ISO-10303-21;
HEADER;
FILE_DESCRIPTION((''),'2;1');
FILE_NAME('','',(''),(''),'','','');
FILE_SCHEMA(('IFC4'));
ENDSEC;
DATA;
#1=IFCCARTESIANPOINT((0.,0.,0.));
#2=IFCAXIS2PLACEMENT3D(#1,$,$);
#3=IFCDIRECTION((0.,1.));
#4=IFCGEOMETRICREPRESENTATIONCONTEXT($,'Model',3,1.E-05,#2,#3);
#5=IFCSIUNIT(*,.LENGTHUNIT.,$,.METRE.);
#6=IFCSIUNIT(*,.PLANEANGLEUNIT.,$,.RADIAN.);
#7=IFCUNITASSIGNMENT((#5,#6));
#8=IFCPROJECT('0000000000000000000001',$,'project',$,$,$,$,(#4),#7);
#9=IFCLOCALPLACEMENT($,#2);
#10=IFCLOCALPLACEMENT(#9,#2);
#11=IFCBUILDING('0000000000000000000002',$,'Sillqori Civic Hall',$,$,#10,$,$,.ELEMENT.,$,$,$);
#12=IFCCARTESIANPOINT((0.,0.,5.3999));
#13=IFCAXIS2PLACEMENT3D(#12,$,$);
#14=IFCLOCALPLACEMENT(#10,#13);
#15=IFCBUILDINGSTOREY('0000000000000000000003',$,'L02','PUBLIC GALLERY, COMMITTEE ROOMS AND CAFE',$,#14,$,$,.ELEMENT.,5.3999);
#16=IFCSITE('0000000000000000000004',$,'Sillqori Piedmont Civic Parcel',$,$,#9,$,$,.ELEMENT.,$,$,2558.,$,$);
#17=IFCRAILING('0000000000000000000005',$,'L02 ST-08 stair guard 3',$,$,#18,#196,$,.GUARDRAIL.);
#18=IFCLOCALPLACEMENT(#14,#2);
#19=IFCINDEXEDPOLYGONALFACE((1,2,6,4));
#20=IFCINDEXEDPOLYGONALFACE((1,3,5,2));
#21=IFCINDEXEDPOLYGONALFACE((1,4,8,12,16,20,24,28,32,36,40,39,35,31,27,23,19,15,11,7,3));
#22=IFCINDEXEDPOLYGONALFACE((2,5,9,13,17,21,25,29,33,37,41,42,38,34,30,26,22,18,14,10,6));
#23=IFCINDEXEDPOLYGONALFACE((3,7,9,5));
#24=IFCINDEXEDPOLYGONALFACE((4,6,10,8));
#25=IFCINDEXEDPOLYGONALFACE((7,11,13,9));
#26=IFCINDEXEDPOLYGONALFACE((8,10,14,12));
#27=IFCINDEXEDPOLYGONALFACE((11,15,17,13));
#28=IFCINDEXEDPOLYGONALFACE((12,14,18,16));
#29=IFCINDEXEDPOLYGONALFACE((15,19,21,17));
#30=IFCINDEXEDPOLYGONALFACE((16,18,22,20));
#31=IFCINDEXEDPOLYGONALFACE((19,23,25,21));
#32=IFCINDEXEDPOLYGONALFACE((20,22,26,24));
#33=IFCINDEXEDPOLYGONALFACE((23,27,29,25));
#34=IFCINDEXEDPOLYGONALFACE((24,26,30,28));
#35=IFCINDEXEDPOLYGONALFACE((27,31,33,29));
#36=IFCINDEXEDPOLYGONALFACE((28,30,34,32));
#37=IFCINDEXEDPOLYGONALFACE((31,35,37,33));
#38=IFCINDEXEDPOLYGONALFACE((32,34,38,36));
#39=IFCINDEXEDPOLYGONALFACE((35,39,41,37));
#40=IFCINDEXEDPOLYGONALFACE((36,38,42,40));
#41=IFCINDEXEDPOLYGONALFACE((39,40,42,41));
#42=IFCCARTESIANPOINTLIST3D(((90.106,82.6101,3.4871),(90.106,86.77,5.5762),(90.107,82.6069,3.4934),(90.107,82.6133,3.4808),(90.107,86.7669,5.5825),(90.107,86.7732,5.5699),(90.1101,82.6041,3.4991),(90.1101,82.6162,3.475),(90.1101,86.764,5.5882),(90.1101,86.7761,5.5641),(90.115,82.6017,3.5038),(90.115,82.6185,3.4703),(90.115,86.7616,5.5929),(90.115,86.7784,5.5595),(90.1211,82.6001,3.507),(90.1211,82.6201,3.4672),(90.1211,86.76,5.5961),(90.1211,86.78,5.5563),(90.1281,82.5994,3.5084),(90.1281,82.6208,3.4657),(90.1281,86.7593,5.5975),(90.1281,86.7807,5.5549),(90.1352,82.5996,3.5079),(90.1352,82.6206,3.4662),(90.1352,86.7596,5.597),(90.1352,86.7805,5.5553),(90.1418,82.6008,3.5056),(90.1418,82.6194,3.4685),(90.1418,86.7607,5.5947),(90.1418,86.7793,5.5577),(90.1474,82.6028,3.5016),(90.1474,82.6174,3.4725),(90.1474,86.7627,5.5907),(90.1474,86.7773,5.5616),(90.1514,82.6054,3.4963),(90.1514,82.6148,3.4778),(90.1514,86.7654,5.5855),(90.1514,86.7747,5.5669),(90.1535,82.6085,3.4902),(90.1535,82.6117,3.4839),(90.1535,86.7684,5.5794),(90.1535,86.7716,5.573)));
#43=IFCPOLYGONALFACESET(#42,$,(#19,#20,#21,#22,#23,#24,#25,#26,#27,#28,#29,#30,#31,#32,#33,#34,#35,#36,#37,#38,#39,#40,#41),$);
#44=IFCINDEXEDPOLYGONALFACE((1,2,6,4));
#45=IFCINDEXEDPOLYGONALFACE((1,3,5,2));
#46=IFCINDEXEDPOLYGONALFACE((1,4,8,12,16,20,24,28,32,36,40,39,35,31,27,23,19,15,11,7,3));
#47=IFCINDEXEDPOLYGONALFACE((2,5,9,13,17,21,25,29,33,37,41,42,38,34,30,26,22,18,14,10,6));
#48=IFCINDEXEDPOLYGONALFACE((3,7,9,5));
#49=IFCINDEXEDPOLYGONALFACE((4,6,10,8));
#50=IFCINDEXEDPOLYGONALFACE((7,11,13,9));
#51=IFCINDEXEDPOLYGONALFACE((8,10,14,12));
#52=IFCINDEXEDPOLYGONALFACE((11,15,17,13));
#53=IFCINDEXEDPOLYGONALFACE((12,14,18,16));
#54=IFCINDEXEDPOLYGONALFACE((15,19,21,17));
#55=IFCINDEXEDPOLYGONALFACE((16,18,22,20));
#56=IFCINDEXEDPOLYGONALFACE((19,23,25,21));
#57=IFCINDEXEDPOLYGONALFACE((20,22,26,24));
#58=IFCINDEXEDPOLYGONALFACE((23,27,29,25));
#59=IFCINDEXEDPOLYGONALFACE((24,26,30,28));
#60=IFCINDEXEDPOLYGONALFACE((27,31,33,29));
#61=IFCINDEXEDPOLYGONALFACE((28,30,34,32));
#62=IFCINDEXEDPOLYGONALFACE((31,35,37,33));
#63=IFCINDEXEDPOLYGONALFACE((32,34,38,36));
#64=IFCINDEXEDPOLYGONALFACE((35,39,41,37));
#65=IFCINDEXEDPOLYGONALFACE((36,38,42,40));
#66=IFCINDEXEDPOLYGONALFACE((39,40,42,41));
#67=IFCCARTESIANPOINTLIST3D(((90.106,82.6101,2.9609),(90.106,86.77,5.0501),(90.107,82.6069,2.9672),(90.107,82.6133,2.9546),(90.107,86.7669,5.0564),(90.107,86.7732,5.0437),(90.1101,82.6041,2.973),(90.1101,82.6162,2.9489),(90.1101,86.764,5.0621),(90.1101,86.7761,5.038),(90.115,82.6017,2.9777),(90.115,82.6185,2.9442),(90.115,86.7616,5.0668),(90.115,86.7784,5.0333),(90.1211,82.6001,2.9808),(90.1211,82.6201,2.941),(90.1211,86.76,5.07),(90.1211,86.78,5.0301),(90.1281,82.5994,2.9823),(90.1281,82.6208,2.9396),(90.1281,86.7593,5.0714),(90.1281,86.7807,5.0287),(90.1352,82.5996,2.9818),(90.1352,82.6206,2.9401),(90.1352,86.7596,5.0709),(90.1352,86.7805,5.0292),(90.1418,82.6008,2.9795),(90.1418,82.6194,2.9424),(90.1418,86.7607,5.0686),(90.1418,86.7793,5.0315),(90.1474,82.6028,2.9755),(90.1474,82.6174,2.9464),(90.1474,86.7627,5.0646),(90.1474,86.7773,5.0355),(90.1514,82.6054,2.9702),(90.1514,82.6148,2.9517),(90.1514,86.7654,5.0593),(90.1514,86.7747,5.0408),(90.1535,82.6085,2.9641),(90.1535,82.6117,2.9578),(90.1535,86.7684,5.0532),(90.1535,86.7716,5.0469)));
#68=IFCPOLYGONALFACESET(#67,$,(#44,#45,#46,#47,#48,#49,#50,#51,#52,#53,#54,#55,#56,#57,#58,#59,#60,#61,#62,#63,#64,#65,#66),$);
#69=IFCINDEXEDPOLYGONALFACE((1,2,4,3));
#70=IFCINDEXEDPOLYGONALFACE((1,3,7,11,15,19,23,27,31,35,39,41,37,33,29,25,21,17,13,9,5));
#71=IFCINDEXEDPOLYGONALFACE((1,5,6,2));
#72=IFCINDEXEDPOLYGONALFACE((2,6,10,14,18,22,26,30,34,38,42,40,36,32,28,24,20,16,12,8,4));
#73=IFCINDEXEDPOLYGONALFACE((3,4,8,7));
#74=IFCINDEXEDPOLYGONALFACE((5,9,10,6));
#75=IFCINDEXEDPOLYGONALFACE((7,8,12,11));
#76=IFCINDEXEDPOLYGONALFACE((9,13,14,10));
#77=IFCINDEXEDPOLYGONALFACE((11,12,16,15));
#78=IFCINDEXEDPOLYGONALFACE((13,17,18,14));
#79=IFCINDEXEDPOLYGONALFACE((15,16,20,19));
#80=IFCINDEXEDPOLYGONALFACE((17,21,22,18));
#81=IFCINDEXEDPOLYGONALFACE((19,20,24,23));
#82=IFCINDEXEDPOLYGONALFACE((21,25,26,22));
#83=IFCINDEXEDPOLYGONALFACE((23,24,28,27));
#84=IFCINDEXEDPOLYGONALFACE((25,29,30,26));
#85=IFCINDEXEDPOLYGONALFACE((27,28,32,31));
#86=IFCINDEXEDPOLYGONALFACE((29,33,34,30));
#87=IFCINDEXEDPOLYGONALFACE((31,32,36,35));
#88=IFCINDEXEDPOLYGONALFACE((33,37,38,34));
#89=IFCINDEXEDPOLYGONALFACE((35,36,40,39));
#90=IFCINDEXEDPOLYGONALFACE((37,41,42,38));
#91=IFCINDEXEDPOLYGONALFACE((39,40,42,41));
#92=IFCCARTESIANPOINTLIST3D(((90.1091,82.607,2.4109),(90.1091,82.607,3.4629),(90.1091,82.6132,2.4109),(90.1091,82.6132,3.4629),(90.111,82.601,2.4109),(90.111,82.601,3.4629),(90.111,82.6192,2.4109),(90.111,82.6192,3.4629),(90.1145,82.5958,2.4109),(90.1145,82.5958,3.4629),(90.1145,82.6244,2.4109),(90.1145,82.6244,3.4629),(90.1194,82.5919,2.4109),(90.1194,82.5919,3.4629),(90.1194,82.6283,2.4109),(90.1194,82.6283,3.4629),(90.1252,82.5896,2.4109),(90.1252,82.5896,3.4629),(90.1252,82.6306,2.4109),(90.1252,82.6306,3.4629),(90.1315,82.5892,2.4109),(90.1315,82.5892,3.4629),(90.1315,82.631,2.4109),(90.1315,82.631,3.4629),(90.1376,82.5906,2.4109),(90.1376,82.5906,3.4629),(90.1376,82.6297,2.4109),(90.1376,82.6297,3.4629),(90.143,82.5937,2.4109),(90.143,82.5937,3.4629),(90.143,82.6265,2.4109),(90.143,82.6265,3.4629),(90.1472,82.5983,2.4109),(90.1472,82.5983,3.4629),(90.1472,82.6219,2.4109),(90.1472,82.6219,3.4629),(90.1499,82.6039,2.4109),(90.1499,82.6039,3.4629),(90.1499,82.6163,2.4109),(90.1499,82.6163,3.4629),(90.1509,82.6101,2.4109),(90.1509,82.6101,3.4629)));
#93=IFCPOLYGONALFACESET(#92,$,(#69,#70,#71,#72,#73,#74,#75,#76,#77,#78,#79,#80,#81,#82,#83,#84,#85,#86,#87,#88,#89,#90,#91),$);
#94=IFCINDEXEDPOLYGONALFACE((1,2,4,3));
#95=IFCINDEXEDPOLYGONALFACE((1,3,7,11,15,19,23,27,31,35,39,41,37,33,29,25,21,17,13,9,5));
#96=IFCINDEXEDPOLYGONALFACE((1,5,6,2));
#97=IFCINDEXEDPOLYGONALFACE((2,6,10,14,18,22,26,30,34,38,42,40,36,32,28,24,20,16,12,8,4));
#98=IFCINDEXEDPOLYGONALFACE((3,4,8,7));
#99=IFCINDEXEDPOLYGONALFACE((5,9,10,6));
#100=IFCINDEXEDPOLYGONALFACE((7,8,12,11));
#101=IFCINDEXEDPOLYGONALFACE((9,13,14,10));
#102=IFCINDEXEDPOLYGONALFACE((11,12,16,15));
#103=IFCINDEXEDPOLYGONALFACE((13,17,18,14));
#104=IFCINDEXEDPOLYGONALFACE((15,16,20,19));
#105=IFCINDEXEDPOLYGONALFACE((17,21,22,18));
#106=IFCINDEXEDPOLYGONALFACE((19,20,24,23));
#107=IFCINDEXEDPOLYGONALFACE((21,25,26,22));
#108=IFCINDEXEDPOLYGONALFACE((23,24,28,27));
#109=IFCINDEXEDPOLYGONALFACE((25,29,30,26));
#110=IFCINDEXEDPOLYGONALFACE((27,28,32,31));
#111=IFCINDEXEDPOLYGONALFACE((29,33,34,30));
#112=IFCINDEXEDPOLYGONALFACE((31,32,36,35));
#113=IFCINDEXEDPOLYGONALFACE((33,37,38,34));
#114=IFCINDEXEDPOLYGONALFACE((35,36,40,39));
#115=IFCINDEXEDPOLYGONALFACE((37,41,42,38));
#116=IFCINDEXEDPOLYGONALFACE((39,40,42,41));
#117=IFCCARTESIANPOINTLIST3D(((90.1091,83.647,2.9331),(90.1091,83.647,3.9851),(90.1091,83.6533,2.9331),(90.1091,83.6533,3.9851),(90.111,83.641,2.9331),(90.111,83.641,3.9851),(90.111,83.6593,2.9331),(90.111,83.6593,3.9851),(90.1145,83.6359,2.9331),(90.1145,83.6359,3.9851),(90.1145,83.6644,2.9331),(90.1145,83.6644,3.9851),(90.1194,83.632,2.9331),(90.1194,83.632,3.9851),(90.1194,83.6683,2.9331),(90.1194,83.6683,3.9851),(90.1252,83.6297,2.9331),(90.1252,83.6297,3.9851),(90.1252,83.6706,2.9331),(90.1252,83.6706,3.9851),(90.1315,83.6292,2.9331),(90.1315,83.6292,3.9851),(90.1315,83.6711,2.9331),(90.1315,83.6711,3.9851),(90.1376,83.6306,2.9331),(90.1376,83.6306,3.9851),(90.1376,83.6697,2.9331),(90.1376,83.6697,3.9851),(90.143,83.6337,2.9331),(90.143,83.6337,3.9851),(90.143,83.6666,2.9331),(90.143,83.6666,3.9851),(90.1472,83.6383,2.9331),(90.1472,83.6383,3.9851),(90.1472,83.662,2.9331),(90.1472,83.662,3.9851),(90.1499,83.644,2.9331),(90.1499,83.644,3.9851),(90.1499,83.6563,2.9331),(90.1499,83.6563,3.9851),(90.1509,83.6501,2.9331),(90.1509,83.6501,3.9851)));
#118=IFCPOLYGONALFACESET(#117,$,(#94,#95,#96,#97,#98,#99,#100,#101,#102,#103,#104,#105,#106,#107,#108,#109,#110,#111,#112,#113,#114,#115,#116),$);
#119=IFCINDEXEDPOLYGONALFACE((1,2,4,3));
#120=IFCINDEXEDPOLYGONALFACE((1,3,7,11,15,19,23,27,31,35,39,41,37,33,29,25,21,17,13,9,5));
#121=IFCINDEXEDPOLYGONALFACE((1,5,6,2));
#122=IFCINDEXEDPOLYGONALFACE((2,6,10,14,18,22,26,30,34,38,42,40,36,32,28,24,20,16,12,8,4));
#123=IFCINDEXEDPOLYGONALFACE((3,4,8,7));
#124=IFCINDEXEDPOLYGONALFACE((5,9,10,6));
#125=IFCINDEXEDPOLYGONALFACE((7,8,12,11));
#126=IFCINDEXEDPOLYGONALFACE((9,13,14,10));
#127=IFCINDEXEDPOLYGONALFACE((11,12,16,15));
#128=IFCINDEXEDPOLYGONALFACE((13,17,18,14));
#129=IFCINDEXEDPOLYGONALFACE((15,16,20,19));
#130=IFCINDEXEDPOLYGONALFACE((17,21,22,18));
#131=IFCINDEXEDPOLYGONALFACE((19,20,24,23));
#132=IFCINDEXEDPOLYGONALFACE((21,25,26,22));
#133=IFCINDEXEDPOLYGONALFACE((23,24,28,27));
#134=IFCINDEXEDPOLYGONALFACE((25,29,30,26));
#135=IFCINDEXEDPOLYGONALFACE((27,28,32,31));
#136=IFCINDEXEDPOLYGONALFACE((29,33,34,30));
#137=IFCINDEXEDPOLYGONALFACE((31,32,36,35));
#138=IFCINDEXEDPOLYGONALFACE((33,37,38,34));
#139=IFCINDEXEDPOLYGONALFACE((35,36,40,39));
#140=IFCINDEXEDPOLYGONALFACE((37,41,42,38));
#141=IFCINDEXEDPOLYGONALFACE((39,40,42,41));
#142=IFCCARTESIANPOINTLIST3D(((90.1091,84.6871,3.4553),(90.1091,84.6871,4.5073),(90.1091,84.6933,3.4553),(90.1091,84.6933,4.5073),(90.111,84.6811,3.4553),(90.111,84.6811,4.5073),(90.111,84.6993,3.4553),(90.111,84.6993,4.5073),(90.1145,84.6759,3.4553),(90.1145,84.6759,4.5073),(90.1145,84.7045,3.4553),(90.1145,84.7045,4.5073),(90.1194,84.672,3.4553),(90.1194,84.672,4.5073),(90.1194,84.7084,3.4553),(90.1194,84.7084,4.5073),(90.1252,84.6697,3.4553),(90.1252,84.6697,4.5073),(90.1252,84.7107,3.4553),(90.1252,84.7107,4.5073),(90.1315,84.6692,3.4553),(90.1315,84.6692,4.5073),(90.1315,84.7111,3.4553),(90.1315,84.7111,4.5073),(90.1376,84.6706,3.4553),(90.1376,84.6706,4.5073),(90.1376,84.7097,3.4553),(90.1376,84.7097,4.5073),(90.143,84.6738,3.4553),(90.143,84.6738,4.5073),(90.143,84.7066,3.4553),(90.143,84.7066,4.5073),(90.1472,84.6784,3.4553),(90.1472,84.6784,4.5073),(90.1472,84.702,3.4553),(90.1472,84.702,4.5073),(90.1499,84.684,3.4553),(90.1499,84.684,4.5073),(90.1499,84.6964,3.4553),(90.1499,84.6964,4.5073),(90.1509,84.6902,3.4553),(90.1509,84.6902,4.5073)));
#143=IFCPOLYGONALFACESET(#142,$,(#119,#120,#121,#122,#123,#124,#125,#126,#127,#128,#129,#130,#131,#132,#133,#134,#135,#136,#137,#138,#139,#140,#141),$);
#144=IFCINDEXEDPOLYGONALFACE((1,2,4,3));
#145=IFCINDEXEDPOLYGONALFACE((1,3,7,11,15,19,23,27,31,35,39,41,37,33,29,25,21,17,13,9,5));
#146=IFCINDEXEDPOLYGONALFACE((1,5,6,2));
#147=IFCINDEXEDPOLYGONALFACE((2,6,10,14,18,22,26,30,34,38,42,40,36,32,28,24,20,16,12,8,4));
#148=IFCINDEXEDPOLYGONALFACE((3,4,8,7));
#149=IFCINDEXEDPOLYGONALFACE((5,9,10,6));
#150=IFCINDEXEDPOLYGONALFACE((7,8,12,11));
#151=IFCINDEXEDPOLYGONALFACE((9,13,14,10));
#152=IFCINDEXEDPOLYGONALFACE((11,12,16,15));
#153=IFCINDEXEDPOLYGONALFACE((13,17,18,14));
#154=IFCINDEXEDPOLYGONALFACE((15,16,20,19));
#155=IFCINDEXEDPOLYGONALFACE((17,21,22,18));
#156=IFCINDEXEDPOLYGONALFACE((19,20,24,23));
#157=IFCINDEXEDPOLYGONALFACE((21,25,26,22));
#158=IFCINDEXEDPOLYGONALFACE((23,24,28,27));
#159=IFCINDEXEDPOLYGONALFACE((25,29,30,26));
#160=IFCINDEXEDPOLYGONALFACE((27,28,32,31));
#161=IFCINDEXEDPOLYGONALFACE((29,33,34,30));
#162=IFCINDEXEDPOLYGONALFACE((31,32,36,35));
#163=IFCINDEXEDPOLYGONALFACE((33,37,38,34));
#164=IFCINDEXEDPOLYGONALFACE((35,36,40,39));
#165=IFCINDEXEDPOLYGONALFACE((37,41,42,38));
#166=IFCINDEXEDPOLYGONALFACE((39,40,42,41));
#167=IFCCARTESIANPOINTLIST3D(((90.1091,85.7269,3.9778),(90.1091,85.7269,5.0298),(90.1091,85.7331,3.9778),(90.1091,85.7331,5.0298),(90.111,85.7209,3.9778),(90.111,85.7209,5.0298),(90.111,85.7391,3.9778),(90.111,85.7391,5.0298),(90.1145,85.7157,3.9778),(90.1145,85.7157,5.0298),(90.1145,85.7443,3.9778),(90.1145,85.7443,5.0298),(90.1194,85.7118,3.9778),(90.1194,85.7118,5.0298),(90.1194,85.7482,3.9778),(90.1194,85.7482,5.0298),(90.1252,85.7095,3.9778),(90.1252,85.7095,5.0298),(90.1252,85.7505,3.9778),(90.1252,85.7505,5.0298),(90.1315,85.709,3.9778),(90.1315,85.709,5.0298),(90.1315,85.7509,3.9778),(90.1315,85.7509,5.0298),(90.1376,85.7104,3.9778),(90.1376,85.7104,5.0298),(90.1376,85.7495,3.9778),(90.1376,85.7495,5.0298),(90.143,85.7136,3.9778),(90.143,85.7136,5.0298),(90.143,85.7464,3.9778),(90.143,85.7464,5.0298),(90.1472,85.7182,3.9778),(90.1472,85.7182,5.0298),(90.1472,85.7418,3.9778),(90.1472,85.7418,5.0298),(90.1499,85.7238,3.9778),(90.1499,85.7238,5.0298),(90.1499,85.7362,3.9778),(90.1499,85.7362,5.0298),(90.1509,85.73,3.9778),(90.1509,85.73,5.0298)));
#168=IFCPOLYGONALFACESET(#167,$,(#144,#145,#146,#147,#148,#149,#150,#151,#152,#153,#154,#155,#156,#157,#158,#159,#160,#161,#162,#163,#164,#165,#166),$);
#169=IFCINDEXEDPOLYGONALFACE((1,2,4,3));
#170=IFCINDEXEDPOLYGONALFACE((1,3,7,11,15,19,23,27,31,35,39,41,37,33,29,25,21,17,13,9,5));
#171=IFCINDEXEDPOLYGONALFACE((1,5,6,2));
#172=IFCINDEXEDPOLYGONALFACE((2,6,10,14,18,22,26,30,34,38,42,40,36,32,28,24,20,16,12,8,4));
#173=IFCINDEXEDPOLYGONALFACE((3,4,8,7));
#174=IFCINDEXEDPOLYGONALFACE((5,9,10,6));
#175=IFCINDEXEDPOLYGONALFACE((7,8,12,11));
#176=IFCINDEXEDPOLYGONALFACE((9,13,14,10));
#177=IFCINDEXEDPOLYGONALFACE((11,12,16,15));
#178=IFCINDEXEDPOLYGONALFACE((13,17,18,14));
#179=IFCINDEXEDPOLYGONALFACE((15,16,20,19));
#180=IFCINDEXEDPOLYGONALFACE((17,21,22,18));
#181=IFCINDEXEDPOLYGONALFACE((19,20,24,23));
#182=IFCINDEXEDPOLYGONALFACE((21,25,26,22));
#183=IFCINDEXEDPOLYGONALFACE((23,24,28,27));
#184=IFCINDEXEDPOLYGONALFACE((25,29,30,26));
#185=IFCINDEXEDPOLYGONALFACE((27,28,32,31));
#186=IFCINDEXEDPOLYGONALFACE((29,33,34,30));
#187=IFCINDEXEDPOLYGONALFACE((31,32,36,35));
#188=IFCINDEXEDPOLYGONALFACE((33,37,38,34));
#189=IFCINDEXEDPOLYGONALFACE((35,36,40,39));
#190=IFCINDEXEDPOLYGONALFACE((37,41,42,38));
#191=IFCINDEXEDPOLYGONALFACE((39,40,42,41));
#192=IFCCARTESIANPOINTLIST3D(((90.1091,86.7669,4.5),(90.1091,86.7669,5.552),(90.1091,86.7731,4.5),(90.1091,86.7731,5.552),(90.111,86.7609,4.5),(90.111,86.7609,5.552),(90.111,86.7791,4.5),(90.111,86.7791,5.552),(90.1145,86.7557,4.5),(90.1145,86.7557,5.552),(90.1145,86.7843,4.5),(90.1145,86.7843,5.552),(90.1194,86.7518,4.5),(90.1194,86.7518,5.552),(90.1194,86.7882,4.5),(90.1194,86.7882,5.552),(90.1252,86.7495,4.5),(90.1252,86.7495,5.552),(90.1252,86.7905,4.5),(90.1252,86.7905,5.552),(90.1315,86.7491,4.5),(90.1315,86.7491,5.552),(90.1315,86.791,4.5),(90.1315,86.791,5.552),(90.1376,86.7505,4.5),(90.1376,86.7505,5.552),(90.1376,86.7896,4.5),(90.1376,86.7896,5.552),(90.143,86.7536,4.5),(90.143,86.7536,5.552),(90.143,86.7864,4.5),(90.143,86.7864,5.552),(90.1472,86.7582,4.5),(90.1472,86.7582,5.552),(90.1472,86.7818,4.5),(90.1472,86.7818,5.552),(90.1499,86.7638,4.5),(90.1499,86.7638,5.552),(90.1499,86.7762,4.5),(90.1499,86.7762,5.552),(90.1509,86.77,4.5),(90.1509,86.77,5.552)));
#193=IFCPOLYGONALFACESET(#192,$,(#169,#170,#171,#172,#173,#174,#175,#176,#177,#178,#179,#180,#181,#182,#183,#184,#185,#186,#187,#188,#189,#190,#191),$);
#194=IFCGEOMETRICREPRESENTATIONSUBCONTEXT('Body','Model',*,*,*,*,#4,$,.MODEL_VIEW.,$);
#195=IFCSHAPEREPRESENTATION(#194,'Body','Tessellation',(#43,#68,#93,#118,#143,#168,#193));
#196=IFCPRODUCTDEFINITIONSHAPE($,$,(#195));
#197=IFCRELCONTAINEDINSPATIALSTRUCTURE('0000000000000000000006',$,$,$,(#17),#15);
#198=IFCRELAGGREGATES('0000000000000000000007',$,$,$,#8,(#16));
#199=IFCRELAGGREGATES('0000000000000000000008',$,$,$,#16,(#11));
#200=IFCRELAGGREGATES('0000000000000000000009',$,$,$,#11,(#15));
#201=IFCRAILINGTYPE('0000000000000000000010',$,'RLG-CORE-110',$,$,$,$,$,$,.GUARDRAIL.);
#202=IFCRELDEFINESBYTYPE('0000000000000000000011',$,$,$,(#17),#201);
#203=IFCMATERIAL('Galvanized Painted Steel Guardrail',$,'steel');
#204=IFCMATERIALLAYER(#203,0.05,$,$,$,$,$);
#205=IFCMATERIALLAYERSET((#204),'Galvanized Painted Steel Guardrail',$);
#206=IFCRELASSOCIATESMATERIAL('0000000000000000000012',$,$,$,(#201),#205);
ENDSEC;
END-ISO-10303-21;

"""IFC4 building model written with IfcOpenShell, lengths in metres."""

from ifc_helpers import new_model, si_unit, direction, frame, origin, origin_2d, place, context, subcontext, project, spatial, circle, extrude, material, layer, layer_set, type_object, element, save


model = new_model("IFC4")

# Units and contexts
model_context = context("Model", 3, precision=1e-05, world=origin(), true_north=direction((0.0, 1.0)))
body_context = subcontext(model_context, "Body", "Model", "MODEL_VIEW")
ifc_project = project(units=[si_unit("LENGTHUNIT", "METRE"), si_unit("PLANEANGLEUNIT", "RADIAN")], contexts=[model_context])

# Site, building, storey
site_placement = place(None, origin())
site = spatial("IfcSite", under=ifc_project, at=site_placement, Name="Sillqori Piedmont Civic Parcel", CompositionType="ELEMENT", RefElevation=2558.0)
building_placement = place(site_placement, origin())
building = spatial("IfcBuilding", under=site, at=building_placement, Name="Sillqori Civic Hall", CompositionType="ELEMENT")
storey_placement = place(building_placement, frame((0.0, 0.0, 5.3999)))
storey = spatial("IfcBuildingStorey", under=building, at=storey_placement, Name="L02", Description="PUBLIC GALLERY, COMMITTEE ROOMS AND CAFE", CompositionType="ELEMENT", Elevation=5.3999)

# Railing
ifc_material_1 = material(Name="Galvanized Painted Steel Guardrail", Category="steel")
ifc_layer_1 = layer(ifc_material_1, 0.05)
ifc_layer_set_1 = layer_set([ifc_layer_1], Name="Galvanized Painted Steel Guardrail")
railing_type_1 = type_object("IfcRailingType", Name="RLG-CORE-110", PredefinedType="GUARDRAIL", material=ifc_layer_set_1)
railing_1_placement = place(storey_placement, frame((90.1299, 82.6101, 2.4109)))
element("IfcRailing", 1, at=railing_1_placement, inside=storey, type_object=railing_type_1, Name="L02 ST-08 stair guard 3", PredefinedType="GUARDRAIL", context=body_context, shape_type="SweptSolid", body=[
    extrude(circle(Radius=0.0239, at=origin_2d()), frame((0.0, 0.0, 1.0762), z_axis=(0.0, 0.893639, 0.448786), x_axis=(-1.0, 0.0, 0.0)), (0.0, 0.0, 1.0), 4.655),
    extrude(circle(Radius=0.0239, at=origin_2d()), frame((0.0, 0.0, 0.55), z_axis=(0.0, 0.893639, 0.448786), x_axis=(-1.0, 0.0, 0.0)), (0.0, 0.0, 1.0), 4.655),
    extrude(circle(Radius=0.021, at=origin_2d()), origin(), (0.0, 0.0, 1.0), 1.052),
    extrude(circle(Radius=0.021, at=origin_2d()), frame((0.0, 1.04, 0.5222)), (0.0, 0.0, 1.0), 1.052),
    extrude(circle(Radius=0.021, at=origin_2d()), frame((0.0, 2.0801, 1.0444)), (0.0, 0.0, 1.0), 1.052),
    extrude(circle(Radius=0.021, at=origin_2d()), frame((0.0, 3.1199, 1.5669)), (0.0, 0.0, 1.0), 1.052),
    extrude(circle(Radius=0.021, at=origin_2d()), frame((0.0, 4.1599, 2.0891)), (0.0, 0.0, 1.0), 1.052),
])

save(model, "model.ifc")
